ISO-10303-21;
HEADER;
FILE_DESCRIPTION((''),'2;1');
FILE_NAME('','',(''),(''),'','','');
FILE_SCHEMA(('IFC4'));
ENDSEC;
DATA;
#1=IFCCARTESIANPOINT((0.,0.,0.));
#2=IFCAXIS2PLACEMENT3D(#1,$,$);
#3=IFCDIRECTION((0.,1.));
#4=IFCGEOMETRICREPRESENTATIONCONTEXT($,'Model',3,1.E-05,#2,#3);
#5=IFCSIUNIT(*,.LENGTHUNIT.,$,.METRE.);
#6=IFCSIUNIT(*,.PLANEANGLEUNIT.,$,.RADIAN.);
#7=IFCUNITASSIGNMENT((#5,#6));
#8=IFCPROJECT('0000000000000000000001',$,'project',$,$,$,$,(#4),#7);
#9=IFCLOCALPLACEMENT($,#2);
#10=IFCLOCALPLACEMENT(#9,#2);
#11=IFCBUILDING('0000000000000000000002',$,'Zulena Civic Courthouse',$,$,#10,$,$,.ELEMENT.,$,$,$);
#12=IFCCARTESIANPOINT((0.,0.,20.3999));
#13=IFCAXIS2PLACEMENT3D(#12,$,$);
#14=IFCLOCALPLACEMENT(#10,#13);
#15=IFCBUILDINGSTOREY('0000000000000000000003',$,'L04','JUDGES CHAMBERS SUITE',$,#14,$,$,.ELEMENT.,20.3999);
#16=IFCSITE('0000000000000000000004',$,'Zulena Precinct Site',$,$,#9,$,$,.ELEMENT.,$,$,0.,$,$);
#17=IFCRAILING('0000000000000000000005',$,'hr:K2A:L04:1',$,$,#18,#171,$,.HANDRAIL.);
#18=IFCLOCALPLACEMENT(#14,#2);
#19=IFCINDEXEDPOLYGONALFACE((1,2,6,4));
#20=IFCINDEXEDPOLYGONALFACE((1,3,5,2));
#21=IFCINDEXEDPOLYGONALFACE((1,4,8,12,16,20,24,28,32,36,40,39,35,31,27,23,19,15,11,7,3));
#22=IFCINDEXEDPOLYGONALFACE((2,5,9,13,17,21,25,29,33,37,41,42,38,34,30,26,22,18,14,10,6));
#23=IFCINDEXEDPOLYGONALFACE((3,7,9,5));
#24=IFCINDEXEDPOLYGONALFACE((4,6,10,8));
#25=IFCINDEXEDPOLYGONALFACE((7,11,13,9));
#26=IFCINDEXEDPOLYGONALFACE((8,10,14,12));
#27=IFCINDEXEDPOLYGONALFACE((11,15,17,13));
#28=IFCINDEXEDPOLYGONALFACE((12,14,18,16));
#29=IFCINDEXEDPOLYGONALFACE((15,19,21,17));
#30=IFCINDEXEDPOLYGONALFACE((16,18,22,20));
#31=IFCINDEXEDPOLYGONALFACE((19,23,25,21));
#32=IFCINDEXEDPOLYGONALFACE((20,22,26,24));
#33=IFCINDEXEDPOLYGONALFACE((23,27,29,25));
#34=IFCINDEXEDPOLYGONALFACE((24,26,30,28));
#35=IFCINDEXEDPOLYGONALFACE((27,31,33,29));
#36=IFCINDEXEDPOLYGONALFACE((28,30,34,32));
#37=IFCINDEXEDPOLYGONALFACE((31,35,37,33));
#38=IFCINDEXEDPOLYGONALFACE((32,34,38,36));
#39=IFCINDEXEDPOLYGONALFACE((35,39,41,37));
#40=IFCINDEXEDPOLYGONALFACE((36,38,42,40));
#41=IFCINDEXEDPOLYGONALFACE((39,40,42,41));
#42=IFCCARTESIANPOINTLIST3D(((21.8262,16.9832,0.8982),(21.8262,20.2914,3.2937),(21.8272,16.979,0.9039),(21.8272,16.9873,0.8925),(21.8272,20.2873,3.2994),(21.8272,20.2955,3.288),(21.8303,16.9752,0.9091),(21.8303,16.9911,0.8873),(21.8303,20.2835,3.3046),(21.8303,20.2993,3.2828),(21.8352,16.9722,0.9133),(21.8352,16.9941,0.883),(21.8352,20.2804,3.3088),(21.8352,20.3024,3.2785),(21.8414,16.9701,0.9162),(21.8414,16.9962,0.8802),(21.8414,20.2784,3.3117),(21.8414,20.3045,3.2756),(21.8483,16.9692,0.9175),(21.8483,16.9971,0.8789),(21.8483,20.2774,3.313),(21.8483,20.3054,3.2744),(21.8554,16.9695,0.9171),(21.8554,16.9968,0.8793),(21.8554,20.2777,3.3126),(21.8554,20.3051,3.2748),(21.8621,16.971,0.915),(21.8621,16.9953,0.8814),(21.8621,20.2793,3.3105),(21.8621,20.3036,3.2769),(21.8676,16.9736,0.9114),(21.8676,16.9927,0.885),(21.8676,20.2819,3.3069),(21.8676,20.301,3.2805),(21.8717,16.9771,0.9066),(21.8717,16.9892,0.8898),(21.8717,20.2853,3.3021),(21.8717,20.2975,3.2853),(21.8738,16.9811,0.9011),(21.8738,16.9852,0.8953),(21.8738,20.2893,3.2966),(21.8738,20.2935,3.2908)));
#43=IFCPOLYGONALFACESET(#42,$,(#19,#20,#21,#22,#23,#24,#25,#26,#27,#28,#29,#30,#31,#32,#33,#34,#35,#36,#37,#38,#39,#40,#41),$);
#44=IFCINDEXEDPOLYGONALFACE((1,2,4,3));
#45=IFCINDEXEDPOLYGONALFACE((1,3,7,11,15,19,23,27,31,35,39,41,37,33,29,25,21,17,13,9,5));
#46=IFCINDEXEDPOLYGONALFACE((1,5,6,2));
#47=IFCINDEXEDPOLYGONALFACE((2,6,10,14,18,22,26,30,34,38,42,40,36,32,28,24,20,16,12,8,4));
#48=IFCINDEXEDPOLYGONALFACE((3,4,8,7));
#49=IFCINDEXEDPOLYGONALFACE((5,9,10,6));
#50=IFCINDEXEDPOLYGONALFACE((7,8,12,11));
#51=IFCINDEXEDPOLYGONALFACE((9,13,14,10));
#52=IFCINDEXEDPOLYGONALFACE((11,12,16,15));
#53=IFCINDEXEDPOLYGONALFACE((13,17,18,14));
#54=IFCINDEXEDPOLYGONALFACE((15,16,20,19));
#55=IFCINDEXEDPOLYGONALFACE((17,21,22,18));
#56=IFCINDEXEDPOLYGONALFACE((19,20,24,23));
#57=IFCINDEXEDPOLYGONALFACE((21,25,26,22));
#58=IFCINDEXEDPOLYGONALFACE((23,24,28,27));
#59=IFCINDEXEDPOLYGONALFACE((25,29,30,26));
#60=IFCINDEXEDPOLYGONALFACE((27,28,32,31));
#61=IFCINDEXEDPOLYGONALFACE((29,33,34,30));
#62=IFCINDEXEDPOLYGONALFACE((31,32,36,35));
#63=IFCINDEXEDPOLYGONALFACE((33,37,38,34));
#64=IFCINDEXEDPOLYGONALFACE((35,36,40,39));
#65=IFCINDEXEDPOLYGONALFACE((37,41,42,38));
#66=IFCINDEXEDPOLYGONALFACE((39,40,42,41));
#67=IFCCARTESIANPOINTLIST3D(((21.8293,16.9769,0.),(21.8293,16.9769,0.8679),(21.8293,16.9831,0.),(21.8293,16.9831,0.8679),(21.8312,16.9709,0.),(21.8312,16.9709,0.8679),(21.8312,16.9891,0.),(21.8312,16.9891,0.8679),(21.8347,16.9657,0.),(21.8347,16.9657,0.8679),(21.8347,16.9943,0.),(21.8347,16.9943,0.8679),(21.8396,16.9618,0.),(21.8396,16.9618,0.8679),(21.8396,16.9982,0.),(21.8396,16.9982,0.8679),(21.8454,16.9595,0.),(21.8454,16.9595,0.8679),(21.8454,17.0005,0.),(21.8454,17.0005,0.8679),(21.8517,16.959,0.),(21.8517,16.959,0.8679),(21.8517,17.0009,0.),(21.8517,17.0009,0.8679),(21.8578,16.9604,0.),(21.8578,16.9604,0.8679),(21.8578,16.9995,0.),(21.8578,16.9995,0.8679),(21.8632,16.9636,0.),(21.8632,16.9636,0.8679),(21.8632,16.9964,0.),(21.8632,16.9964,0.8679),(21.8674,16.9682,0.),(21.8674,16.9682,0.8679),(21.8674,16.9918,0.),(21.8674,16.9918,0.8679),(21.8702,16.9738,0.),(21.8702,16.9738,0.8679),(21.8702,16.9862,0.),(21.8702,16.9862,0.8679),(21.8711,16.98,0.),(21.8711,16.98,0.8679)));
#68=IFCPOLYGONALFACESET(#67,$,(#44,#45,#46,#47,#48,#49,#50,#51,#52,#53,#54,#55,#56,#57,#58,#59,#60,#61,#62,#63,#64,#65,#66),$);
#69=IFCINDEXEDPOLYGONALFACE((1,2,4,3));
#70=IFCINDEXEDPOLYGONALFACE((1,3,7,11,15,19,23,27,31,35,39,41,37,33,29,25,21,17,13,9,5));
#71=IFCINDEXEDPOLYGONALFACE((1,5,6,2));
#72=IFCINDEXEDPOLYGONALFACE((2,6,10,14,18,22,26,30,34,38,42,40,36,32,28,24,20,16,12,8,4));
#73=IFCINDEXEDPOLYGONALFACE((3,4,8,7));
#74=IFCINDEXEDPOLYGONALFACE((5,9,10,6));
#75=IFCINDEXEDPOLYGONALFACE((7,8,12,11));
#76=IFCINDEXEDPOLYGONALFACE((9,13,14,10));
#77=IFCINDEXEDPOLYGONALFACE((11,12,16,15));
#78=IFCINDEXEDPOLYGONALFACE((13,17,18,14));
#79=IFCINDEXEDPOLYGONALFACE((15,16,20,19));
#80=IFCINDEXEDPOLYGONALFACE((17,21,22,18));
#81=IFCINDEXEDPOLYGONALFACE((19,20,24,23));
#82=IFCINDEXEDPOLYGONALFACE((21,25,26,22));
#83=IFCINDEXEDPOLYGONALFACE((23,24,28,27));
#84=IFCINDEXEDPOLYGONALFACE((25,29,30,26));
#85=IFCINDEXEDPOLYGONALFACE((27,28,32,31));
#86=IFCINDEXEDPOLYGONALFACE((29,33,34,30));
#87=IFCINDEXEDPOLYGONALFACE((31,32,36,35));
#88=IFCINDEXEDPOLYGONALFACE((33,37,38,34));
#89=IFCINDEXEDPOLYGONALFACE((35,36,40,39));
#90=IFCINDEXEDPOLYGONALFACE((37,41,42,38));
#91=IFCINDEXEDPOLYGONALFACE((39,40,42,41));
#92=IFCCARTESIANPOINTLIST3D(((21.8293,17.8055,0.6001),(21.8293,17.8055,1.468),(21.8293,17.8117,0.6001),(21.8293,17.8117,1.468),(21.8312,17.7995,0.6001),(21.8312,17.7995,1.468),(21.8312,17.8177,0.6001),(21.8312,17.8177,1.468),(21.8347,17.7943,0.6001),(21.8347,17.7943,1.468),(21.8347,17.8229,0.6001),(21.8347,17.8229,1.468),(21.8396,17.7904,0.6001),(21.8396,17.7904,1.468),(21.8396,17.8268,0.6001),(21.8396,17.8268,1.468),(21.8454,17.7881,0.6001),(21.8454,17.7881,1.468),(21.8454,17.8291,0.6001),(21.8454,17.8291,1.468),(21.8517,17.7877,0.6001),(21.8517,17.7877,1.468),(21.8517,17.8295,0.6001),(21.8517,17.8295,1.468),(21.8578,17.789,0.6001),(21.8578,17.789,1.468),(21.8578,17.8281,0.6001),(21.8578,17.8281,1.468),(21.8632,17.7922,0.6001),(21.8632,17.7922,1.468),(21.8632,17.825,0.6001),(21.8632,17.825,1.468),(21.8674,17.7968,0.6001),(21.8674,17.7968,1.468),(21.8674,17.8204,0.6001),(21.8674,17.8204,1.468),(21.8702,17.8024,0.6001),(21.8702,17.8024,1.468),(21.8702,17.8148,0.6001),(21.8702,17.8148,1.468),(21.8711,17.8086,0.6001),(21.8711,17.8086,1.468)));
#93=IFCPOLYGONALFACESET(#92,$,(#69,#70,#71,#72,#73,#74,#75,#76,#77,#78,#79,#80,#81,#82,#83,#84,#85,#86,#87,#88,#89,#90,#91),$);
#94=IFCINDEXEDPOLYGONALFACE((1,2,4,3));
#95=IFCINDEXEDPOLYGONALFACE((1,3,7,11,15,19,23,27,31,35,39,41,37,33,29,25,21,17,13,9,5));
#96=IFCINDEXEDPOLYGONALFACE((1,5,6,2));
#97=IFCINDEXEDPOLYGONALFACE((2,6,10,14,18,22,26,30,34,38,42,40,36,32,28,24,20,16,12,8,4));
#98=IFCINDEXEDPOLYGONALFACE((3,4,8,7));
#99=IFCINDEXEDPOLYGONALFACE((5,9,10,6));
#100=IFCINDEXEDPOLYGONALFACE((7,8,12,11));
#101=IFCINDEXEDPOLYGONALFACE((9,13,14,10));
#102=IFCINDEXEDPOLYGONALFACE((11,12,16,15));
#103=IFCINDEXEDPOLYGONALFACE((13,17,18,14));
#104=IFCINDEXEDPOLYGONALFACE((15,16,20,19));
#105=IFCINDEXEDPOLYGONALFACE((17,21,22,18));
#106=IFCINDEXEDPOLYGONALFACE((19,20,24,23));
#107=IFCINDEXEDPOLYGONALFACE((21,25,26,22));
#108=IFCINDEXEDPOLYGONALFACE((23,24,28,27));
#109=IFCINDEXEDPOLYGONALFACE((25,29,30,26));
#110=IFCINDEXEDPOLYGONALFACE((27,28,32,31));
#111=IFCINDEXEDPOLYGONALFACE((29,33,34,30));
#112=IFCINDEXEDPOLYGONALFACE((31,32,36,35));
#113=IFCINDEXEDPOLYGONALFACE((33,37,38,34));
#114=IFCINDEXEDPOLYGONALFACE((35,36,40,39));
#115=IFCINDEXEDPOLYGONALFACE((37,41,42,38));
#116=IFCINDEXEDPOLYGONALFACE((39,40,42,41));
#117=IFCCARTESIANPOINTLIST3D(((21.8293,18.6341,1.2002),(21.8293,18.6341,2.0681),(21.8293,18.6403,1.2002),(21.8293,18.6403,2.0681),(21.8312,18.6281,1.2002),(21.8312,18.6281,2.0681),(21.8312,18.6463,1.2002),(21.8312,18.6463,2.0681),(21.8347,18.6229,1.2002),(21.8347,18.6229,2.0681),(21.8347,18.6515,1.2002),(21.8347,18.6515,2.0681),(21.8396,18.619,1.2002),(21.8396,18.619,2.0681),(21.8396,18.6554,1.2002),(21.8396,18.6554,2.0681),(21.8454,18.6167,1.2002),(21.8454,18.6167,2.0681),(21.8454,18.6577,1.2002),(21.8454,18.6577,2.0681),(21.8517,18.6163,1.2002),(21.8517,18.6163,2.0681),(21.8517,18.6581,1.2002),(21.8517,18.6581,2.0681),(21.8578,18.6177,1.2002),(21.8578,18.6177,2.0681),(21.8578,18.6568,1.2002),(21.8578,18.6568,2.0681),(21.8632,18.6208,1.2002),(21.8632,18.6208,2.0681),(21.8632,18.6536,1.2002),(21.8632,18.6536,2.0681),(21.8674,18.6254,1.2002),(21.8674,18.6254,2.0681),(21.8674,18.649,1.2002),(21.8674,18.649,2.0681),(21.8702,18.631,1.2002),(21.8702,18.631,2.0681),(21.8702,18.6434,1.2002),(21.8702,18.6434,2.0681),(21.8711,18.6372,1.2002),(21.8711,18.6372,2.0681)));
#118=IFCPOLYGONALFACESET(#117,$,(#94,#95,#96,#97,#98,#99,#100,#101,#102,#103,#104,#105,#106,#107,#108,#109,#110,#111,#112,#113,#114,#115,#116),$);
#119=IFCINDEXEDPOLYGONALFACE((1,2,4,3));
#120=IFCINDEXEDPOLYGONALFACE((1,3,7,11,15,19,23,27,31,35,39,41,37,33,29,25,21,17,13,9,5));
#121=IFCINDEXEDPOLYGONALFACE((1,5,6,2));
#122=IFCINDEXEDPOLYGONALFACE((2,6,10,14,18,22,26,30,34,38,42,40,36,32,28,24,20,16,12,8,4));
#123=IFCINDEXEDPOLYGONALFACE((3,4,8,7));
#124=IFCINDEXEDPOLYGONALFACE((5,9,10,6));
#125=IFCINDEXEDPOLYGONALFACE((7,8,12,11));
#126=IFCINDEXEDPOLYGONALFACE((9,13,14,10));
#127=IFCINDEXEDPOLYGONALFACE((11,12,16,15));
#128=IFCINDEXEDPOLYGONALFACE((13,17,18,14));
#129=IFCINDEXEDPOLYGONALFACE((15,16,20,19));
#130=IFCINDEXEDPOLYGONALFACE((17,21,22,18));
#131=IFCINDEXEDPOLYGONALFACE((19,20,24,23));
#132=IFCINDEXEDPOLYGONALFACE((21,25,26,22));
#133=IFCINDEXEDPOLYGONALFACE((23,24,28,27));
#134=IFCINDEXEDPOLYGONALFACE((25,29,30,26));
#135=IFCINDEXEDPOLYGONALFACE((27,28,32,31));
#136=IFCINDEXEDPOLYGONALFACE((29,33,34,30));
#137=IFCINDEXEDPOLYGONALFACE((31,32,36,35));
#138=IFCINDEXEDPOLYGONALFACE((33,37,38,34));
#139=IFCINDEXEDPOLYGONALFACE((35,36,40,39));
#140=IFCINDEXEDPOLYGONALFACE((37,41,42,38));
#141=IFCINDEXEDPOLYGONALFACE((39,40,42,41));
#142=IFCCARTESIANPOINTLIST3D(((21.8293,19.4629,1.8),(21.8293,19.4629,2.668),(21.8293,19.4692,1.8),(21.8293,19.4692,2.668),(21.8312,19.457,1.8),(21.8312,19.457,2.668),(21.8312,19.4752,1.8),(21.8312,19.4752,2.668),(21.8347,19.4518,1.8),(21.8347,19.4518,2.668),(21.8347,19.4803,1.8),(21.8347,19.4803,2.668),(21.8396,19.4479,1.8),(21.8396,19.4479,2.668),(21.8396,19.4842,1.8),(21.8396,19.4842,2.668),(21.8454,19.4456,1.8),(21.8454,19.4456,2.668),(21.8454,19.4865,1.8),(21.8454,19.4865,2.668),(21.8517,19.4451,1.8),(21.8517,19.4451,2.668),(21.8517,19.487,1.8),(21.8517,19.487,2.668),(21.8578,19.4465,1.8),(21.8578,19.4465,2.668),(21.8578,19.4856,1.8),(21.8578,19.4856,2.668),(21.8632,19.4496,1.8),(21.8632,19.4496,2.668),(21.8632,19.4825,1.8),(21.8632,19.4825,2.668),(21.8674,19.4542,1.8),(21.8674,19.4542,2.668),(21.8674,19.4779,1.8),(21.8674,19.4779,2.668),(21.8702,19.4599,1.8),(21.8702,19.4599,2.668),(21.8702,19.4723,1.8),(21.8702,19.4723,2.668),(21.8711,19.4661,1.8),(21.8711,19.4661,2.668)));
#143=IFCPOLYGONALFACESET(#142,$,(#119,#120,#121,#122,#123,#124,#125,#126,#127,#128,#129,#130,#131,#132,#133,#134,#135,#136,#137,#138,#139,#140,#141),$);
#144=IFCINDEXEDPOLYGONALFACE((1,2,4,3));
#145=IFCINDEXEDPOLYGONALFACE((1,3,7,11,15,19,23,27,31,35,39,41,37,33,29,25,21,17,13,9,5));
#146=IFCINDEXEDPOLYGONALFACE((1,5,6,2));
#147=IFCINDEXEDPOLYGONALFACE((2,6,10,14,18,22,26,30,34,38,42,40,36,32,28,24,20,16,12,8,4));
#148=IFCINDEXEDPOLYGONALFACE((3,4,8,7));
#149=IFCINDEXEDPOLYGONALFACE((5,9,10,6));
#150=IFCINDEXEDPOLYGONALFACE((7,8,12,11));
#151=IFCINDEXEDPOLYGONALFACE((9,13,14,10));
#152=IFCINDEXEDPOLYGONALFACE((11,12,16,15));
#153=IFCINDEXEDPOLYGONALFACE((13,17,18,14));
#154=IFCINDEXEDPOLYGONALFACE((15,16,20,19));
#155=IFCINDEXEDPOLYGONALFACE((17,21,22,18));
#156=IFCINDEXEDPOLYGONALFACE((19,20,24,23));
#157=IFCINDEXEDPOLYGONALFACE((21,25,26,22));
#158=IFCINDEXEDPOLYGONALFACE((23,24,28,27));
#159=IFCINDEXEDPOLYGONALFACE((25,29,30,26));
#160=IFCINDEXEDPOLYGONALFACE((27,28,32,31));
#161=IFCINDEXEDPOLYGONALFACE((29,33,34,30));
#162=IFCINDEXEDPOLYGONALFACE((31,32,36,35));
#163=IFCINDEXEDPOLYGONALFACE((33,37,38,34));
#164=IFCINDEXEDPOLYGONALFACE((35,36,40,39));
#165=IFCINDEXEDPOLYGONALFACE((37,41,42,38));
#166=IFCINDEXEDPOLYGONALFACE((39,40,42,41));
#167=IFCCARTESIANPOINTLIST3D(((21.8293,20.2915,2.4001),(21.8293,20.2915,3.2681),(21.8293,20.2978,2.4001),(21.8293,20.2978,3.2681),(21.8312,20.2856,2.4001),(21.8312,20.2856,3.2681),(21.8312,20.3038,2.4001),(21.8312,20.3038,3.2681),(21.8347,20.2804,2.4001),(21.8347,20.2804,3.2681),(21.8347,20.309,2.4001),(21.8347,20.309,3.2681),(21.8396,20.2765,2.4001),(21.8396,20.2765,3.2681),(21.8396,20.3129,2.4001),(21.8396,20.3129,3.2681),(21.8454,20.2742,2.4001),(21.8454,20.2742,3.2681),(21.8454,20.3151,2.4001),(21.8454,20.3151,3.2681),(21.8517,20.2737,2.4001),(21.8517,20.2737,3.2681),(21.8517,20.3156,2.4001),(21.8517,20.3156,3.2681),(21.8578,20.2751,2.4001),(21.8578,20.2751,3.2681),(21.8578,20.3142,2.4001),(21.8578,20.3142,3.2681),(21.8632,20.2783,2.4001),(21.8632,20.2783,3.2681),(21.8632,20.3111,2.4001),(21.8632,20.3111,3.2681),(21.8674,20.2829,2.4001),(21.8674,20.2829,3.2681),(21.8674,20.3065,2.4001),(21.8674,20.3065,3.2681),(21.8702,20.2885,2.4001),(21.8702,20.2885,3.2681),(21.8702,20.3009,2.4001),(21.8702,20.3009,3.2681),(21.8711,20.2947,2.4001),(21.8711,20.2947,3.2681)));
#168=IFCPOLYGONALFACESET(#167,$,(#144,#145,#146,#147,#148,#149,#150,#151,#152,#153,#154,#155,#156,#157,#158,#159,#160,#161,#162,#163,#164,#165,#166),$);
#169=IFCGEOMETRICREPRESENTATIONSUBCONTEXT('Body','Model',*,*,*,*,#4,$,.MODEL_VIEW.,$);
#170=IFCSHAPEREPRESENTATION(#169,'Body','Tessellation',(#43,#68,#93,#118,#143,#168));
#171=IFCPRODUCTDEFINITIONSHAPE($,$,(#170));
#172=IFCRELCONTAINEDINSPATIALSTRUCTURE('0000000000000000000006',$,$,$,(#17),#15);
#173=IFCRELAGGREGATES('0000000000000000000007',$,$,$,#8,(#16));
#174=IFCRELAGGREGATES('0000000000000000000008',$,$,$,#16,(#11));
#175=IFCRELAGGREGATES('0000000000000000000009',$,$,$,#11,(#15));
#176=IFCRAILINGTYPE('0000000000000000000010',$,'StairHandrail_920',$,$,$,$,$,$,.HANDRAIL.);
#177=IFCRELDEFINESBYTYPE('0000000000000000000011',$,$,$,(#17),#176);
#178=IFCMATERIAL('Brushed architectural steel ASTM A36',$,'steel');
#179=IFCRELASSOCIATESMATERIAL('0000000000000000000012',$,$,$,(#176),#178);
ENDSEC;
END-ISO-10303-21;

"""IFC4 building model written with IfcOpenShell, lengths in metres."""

from ifc_helpers import new_model, si_unit, direction, frame, origin, origin_2d, place, context, subcontext, project, spatial, circle, extrude, material, type_object, element, save


model = new_model("IFC4")

# Units and contexts
model_context = context("Model", 3, precision=1e-05, world=origin(), true_north=direction((0.0, 1.0)))
body_context = subcontext(model_context, "Body", "Model", "MODEL_VIEW")
ifc_project = project(units=[si_unit("LENGTHUNIT", "METRE"), si_unit("PLANEANGLEUNIT", "RADIAN")], contexts=[model_context])

# Site, building, storey
site_placement = place(None, origin())
site = spatial("IfcSite", under=ifc_project, at=site_placement, Name="Zulena Precinct Site", CompositionType="ELEMENT", RefElevation=0.0)
building_placement = place(site_placement, origin())
building = spatial("IfcBuilding", under=site, at=building_placement, Name="Zulena Civic Courthouse", CompositionType="ELEMENT")
storey_placement = place(building_placement, frame((0.0, 0.0, 20.3999)))
storey = spatial("IfcBuildingStorey", under=building, at=storey_placement, Name="L04", Description="JUDGES CHAMBERS SUITE", CompositionType="ELEMENT", Elevation=20.3999)

# Railing
ifc_material_1 = material(Name="Brushed architectural steel ASTM A36", Category="steel")
railing_type_1 = type_object("IfcRailingType", Name="StairHandrail_920", PredefinedType="HANDRAIL", material=ifc_material_1)
railing_1_placement = place(storey_placement, frame((21.8501, 16.98, 0.0)))
element("IfcRailing", 1, at=railing_1_placement, inside=storey, type_object=railing_type_1, Name="hr:K2A:L04:1", PredefinedType="HANDRAIL", context=body_context, shape_type="SweptSolid", body=[
    extrude(circle(Radius=0.0239, at=origin_2d()), frame((0.0, 0.0032, 0.8982), z_axis=(0.0, 0.80996, 0.586486), x_axis=(-1.0, 0.0, 0.0)), (0.0, 0.0, 1.0), 4.0845),
    extrude(circle(Radius=0.021, at=origin_2d()), origin(), (0.0, 0.0, 1.0), 0.8679),
    extrude(circle(Radius=0.021, at=origin_2d()), frame((0.0, 0.8286, 0.6001)), (0.0, 0.0, 1.0), 0.8679),
    extrude(circle(Radius=0.021, at=origin_2d()), frame((0.0, 1.6572, 1.2002)), (0.0, 0.0, 1.0), 0.8679),
    extrude(circle(Radius=0.021, at=origin_2d()), frame((0.0, 2.4861, 1.8)), (0.0, 0.0, 1.0), 0.8679),
    extrude(circle(Radius=0.021, at=origin_2d()), frame((0.0, 3.3147, 2.4001)), (0.0, 0.0, 1.0), 0.8679),
])

save(model, "model.ifc")
